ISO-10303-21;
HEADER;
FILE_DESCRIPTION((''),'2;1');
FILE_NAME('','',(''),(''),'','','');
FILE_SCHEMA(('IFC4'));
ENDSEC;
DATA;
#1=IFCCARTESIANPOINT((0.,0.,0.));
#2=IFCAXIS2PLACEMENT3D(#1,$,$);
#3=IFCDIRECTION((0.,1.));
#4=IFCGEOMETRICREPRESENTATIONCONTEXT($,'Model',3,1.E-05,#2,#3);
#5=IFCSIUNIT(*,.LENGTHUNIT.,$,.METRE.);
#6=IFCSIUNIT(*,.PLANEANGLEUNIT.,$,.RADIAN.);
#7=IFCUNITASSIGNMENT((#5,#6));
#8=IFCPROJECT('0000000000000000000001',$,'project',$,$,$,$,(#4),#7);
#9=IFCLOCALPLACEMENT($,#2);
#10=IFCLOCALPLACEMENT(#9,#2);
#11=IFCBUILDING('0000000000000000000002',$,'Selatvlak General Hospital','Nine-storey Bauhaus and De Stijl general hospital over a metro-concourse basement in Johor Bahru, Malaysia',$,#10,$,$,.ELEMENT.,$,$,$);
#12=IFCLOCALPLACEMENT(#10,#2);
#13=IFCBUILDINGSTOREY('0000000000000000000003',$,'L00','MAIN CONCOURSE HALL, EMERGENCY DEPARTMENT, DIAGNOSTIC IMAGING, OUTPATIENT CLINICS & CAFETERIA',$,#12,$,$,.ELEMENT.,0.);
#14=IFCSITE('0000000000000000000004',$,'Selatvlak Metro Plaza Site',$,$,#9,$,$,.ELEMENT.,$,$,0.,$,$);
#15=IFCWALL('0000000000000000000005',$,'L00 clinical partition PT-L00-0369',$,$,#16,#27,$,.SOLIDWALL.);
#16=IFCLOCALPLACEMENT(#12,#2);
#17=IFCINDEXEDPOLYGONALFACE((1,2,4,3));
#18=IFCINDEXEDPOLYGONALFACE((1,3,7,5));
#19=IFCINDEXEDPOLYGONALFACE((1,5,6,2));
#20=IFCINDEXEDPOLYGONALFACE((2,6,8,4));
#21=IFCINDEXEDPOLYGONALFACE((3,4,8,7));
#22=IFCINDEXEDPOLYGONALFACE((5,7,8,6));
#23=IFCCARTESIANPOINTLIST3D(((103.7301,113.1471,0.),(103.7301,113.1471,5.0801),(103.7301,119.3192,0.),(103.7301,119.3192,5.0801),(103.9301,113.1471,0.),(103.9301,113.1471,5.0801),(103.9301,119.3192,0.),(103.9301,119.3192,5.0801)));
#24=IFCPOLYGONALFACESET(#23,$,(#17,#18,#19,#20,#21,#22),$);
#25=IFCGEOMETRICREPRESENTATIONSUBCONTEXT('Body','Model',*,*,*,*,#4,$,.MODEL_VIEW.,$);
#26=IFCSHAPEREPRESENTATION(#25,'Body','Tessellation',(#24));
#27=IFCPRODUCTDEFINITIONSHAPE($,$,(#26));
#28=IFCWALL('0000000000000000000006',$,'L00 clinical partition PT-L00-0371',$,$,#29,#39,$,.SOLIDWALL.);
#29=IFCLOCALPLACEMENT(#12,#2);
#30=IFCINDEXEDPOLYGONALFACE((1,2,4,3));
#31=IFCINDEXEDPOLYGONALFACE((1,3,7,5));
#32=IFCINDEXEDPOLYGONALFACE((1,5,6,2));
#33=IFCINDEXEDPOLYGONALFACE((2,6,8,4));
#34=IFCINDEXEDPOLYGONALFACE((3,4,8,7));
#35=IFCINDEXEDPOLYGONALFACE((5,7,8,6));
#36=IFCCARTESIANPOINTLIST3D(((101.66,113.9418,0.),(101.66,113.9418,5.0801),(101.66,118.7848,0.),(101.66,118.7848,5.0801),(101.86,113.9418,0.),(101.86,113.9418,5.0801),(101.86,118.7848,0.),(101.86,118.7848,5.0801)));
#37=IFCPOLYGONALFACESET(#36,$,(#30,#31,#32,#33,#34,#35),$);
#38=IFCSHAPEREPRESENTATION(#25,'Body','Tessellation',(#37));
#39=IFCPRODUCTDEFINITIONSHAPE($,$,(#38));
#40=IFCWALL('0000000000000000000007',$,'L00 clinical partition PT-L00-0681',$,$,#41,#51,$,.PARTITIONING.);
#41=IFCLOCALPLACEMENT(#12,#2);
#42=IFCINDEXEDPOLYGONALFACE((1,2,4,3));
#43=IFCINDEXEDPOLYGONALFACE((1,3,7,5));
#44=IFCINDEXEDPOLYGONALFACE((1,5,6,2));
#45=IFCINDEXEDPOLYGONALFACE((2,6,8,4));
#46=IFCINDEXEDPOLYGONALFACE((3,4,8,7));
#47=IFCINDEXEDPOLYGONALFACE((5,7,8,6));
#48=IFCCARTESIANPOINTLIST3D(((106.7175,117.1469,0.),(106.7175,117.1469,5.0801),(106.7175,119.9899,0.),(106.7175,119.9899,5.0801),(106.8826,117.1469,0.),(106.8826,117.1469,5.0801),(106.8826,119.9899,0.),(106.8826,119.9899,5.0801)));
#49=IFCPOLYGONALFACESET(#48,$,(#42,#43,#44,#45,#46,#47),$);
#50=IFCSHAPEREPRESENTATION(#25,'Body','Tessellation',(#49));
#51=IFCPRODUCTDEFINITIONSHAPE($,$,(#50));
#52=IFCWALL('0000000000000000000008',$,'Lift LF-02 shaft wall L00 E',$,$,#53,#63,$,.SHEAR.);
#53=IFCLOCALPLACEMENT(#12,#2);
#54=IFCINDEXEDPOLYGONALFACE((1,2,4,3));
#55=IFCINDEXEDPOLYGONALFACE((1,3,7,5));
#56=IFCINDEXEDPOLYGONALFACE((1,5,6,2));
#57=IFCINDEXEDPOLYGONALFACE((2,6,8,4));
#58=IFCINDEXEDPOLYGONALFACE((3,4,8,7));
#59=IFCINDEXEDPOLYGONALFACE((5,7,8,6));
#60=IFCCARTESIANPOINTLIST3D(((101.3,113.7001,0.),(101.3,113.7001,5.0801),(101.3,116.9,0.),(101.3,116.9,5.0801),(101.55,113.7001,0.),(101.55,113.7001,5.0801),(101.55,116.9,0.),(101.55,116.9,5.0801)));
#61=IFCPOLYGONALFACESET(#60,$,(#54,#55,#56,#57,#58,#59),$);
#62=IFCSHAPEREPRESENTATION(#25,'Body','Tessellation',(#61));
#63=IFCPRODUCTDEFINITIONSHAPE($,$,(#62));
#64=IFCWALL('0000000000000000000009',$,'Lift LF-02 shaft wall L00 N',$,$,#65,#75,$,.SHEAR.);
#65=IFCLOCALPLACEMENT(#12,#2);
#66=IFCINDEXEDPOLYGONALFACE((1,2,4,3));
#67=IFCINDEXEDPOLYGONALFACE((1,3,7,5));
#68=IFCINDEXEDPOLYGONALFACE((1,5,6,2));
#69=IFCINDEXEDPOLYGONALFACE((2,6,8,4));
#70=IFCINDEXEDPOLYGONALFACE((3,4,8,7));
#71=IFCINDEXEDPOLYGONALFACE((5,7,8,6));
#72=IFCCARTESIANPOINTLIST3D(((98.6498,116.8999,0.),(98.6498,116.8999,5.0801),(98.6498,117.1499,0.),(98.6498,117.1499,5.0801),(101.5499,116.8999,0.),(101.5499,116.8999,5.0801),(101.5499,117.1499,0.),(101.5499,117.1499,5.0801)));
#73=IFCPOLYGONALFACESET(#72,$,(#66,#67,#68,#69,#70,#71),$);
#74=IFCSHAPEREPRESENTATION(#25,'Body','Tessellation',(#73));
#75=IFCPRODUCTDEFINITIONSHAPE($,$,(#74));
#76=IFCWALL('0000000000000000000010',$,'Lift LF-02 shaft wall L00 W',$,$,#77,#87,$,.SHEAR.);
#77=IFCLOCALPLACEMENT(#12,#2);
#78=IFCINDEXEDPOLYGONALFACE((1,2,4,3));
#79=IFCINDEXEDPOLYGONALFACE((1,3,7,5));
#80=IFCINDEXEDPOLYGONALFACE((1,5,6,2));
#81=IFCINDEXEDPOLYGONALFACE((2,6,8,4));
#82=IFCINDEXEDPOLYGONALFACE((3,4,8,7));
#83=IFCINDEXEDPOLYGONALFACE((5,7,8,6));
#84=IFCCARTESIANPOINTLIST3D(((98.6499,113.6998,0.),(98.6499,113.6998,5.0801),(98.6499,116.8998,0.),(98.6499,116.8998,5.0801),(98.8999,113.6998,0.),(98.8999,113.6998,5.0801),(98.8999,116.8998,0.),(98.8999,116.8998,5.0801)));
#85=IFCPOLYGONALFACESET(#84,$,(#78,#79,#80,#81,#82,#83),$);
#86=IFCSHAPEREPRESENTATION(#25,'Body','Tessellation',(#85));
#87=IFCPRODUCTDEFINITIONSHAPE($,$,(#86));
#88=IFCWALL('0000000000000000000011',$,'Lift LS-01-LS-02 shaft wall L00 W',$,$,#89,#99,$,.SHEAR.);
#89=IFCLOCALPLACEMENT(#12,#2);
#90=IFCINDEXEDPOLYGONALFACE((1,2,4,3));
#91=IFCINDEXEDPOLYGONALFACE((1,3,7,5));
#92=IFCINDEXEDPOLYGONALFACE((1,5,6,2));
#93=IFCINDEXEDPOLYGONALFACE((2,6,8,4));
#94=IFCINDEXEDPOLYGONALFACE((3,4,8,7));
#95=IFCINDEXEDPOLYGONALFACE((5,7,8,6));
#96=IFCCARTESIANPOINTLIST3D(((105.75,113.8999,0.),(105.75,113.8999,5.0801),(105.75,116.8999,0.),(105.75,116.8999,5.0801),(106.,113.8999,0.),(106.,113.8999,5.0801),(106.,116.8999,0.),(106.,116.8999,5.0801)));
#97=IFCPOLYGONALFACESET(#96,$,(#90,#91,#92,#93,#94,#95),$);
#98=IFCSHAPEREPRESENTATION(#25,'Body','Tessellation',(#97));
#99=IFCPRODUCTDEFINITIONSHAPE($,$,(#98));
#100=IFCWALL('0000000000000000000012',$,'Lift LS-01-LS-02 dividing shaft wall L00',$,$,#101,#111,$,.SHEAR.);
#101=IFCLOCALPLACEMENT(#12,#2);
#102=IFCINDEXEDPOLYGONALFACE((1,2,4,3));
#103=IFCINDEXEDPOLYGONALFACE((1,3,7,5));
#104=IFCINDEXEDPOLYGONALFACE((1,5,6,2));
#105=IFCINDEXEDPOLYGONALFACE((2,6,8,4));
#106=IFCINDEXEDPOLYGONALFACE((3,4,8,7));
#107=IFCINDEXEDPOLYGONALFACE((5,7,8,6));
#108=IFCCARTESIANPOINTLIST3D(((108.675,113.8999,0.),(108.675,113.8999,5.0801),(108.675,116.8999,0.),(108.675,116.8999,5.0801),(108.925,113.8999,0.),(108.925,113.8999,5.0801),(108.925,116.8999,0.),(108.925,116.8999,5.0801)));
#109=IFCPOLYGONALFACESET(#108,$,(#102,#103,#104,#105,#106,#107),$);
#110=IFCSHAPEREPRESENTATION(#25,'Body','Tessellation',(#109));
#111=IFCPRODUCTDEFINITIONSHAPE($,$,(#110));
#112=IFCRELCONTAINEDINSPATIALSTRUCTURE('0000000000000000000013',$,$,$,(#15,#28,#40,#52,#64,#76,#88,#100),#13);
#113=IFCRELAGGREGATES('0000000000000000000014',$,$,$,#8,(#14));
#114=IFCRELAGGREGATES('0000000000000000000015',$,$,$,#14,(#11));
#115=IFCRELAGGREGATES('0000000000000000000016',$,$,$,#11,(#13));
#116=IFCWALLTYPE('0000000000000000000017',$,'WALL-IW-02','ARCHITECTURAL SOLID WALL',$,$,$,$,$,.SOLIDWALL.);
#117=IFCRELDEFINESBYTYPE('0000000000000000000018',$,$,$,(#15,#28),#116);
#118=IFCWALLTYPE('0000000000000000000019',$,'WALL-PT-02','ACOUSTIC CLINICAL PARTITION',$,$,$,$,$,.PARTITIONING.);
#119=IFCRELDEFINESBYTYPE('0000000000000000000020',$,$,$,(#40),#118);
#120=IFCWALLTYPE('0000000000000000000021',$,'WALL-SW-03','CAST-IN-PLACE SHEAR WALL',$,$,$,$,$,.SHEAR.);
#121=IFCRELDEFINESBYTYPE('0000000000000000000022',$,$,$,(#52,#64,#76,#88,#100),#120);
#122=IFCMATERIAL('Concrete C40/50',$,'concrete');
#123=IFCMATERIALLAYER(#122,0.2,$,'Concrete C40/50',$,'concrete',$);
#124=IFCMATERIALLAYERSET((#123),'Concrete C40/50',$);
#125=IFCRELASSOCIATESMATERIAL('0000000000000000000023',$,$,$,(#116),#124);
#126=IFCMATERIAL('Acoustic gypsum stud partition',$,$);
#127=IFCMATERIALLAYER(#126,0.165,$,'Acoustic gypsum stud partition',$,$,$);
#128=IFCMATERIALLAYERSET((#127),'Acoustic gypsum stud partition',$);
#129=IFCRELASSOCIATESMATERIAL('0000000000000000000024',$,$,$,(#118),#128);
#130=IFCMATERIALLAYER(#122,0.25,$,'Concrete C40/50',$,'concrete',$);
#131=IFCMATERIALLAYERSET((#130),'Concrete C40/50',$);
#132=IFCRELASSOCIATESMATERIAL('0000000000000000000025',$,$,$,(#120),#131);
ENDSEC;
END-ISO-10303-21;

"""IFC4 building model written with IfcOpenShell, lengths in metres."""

from ifc_helpers import new_model, si_unit, direction, frame, frame_2d, origin, place, context, subcontext, project, spatial, rectangle, extrude, material, layer, layer_set, type_object, element, save


model = new_model("IFC4")

# Units and contexts
model_context = context("Model", 3, precision=1e-05, world=origin(), true_north=direction((0.0, 1.0)))
body_context = subcontext(model_context, "Body", "Model", "MODEL_VIEW")
ifc_project = project(units=[si_unit("LENGTHUNIT", "METRE"), si_unit("PLANEANGLEUNIT", "RADIAN")], contexts=[model_context])

# Site, building, storey
site_placement = place(None, origin())
site = spatial("IfcSite", under=ifc_project, at=site_placement, Name="Selatvlak Metro Plaza Site", CompositionType="ELEMENT", RefElevation=0.0)
building_placement = place(site_placement, origin())
building = spatial("IfcBuilding", under=site, at=building_placement, Name="Selatvlak General Hospital", Description="Nine-storey Bauhaus and De Stijl general hospital over a metro-concourse basement in Johor Bahru, Malaysia", CompositionType="ELEMENT")
storey_placement = place(building_placement, origin())
storey = spatial("IfcBuildingStorey", under=building, at=storey_placement, Name="L00", Description="MAIN CONCOURSE HALL, EMERGENCY DEPARTMENT, DIAGNOSTIC IMAGING, OUTPATIENT CLINICS & CAFETERIA", CompositionType="ELEMENT", Elevation=0.0)

# Shared definitions
ifc_material_1 = material(Name="Concrete C40/50", Category="concrete")

# Walls
ifc_layer_1 = layer(ifc_material_1, 0.2, Name="Concrete C40/50", Category="concrete")
ifc_layer_set_1 = layer_set([ifc_layer_1], Name="Concrete C40/50")
wall_type_1 = type_object("IfcWallType", Name="WALL-IW-02", Description="ARCHITECTURAL SOLID WALL", PredefinedType="SOLIDWALL", material=ifc_layer_set_1)
wall_1_placement = place(storey_placement, frame((103.8301, 119.3191, 0.0), z_axis=(0.0, 0.0, 1.0), x_axis=(0.0, -1.0, 0.0)))
element("IfcWall", 1, at=wall_1_placement, inside=storey, type_object=wall_type_1, Name="L00 clinical partition PT-L00-0369", PredefinedType="SOLIDWALL", context=body_context, shape_type="SweptSolid", body=[
    extrude(rectangle(XDim=6.1721, YDim=0.2, at=frame_2d((3.0859, 0.0))), origin(), (0.0, 0.0, 1.0), 5.0801),
])
wall_2_placement = place(storey_placement, frame((101.76, 113.9419, 0.0), z_axis=(0.0, 0.0, 1.0), x_axis=(0.0, 1.0, 0.0)))
element("IfcWall", 2, at=wall_2_placement, inside=storey, type_object=wall_type_1, Name="L00 clinical partition PT-L00-0371", PredefinedType="SOLIDWALL", context=body_context, shape_type="SweptSolid", body=[
    extrude(rectangle(XDim=4.843, YDim=0.2, at=frame_2d((2.4214, 0.0))), origin(), (0.0, 0.0, 1.0), 5.0801),
])
ifc_material_2 = material(Name="Acoustic gypsum stud partition")
ifc_layer_2 = layer(ifc_material_2, 0.165, Name="Acoustic gypsum stud partition")
ifc_layer_set_2 = layer_set([ifc_layer_2], Name="Acoustic gypsum stud partition")
wall_type_2 = type_object("IfcWallType", Name="WALL-PT-02", Description="ACOUSTIC CLINICAL PARTITION", PredefinedType="PARTITIONING", material=ifc_layer_set_2)
wall_3_placement = place(storey_placement, frame((106.8, 117.147, 0.0), z_axis=(0.0, 0.0, 1.0), x_axis=(0.0, 1.0, 0.0)))
element("IfcWall", 3, at=wall_3_placement, inside=storey, type_object=wall_type_2, Name="L00 clinical partition PT-L00-0681", PredefinedType="PARTITIONING", context=body_context, shape_type="SweptSolid", body=[
    extrude(rectangle(XDim=2.843, YDim=0.165, at=frame_2d((1.4214, 0.0))), origin(), (0.0, 0.0, 1.0), 5.0801),
])
ifc_layer_3 = layer(ifc_material_1, 0.25, Name="Concrete C40/50", Category="concrete")
ifc_layer_set_3 = layer_set([ifc_layer_3], Name="Concrete C40/50")
wall_type_3 = type_object("IfcWallType", Name="WALL-SW-03", Description="CAST-IN-PLACE SHEAR WALL", PredefinedType="SHEAR", material=ifc_layer_set_3)
wall_4_placement = place(storey_placement, frame((101.425, 113.7, 0.0), z_axis=(0.0, 0.0, 1.0), x_axis=(0.0, 1.0, 0.0)))
element("IfcWall", 4, at=wall_4_placement, inside=storey, type_object=wall_type_3, Name="Lift LF-02 shaft wall L00 E", PredefinedType="SHEAR", context=body_context, shape_type="SweptSolid", body=[
    extrude(rectangle(XDim=3.2, YDim=0.25, at=frame_2d((1.6001, 0.0))), origin(), (0.0, 0.0, 1.0), 5.0801),
])
wall_5_placement = place(storey_placement, frame((101.55, 117.0249, 0.0), z_axis=(0.0, 0.0, 1.0), x_axis=(-1.0, 0.0, 0.0)))
element("IfcWall", 5, at=wall_5_placement, inside=storey, type_object=wall_type_3, Name="Lift LF-02 shaft wall L00 N", PredefinedType="SHEAR", context=body_context, shape_type="SweptSolid", body=[
    extrude(rectangle(XDim=2.9001, YDim=0.25, at=frame_2d((1.4502, 0.0))), origin(), (0.0, 0.0, 1.0), 5.0801),
])
wall_6_placement = place(storey_placement, frame((98.7749, 116.8999, 0.0), z_axis=(0.0, 0.0, 1.0), x_axis=(0.0, -1.0, 0.0)))
element("IfcWall", 6, at=wall_6_placement, inside=storey, type_object=wall_type_3, Name="Lift LF-02 shaft wall L00 W", PredefinedType="SHEAR", context=body_context, shape_type="SweptSolid", body=[
    extrude(rectangle(XDim=3.2, YDim=0.25, at=frame_2d((1.6001, 0.0))), origin(), (0.0, 0.0, 1.0), 5.0801),
])

# Walls
for number, where, z_axis, x_axis, name in (
    (7, (105.875, 116.8999, 0.0), (0.0, 0.0, 1.0), (0.0, -1.0, 0.0), "Lift LS-01-LS-02 shaft wall L00 W"),
    (8, (108.8, 113.8999, 0.0), (0.0, 0.0, 1.0), (0.0, 1.0, 0.0), "Lift LS-01-LS-02 dividing shaft wall L00"),
):
    element("IfcWall", number, at=place(storey_placement, frame(where, z_axis=z_axis, x_axis=x_axis)), inside=storey, type_object=wall_type_3, Name=name, PredefinedType="SHEAR", context=body_context, shape_type="SweptSolid", body=[
        extrude(rectangle(XDim=3.0, YDim=0.25, at=frame_2d((1.5, 0.0))), origin(), (0.0, 0.0, 1.0), 5.0801),
    ])

save(model, "model.ifc")
